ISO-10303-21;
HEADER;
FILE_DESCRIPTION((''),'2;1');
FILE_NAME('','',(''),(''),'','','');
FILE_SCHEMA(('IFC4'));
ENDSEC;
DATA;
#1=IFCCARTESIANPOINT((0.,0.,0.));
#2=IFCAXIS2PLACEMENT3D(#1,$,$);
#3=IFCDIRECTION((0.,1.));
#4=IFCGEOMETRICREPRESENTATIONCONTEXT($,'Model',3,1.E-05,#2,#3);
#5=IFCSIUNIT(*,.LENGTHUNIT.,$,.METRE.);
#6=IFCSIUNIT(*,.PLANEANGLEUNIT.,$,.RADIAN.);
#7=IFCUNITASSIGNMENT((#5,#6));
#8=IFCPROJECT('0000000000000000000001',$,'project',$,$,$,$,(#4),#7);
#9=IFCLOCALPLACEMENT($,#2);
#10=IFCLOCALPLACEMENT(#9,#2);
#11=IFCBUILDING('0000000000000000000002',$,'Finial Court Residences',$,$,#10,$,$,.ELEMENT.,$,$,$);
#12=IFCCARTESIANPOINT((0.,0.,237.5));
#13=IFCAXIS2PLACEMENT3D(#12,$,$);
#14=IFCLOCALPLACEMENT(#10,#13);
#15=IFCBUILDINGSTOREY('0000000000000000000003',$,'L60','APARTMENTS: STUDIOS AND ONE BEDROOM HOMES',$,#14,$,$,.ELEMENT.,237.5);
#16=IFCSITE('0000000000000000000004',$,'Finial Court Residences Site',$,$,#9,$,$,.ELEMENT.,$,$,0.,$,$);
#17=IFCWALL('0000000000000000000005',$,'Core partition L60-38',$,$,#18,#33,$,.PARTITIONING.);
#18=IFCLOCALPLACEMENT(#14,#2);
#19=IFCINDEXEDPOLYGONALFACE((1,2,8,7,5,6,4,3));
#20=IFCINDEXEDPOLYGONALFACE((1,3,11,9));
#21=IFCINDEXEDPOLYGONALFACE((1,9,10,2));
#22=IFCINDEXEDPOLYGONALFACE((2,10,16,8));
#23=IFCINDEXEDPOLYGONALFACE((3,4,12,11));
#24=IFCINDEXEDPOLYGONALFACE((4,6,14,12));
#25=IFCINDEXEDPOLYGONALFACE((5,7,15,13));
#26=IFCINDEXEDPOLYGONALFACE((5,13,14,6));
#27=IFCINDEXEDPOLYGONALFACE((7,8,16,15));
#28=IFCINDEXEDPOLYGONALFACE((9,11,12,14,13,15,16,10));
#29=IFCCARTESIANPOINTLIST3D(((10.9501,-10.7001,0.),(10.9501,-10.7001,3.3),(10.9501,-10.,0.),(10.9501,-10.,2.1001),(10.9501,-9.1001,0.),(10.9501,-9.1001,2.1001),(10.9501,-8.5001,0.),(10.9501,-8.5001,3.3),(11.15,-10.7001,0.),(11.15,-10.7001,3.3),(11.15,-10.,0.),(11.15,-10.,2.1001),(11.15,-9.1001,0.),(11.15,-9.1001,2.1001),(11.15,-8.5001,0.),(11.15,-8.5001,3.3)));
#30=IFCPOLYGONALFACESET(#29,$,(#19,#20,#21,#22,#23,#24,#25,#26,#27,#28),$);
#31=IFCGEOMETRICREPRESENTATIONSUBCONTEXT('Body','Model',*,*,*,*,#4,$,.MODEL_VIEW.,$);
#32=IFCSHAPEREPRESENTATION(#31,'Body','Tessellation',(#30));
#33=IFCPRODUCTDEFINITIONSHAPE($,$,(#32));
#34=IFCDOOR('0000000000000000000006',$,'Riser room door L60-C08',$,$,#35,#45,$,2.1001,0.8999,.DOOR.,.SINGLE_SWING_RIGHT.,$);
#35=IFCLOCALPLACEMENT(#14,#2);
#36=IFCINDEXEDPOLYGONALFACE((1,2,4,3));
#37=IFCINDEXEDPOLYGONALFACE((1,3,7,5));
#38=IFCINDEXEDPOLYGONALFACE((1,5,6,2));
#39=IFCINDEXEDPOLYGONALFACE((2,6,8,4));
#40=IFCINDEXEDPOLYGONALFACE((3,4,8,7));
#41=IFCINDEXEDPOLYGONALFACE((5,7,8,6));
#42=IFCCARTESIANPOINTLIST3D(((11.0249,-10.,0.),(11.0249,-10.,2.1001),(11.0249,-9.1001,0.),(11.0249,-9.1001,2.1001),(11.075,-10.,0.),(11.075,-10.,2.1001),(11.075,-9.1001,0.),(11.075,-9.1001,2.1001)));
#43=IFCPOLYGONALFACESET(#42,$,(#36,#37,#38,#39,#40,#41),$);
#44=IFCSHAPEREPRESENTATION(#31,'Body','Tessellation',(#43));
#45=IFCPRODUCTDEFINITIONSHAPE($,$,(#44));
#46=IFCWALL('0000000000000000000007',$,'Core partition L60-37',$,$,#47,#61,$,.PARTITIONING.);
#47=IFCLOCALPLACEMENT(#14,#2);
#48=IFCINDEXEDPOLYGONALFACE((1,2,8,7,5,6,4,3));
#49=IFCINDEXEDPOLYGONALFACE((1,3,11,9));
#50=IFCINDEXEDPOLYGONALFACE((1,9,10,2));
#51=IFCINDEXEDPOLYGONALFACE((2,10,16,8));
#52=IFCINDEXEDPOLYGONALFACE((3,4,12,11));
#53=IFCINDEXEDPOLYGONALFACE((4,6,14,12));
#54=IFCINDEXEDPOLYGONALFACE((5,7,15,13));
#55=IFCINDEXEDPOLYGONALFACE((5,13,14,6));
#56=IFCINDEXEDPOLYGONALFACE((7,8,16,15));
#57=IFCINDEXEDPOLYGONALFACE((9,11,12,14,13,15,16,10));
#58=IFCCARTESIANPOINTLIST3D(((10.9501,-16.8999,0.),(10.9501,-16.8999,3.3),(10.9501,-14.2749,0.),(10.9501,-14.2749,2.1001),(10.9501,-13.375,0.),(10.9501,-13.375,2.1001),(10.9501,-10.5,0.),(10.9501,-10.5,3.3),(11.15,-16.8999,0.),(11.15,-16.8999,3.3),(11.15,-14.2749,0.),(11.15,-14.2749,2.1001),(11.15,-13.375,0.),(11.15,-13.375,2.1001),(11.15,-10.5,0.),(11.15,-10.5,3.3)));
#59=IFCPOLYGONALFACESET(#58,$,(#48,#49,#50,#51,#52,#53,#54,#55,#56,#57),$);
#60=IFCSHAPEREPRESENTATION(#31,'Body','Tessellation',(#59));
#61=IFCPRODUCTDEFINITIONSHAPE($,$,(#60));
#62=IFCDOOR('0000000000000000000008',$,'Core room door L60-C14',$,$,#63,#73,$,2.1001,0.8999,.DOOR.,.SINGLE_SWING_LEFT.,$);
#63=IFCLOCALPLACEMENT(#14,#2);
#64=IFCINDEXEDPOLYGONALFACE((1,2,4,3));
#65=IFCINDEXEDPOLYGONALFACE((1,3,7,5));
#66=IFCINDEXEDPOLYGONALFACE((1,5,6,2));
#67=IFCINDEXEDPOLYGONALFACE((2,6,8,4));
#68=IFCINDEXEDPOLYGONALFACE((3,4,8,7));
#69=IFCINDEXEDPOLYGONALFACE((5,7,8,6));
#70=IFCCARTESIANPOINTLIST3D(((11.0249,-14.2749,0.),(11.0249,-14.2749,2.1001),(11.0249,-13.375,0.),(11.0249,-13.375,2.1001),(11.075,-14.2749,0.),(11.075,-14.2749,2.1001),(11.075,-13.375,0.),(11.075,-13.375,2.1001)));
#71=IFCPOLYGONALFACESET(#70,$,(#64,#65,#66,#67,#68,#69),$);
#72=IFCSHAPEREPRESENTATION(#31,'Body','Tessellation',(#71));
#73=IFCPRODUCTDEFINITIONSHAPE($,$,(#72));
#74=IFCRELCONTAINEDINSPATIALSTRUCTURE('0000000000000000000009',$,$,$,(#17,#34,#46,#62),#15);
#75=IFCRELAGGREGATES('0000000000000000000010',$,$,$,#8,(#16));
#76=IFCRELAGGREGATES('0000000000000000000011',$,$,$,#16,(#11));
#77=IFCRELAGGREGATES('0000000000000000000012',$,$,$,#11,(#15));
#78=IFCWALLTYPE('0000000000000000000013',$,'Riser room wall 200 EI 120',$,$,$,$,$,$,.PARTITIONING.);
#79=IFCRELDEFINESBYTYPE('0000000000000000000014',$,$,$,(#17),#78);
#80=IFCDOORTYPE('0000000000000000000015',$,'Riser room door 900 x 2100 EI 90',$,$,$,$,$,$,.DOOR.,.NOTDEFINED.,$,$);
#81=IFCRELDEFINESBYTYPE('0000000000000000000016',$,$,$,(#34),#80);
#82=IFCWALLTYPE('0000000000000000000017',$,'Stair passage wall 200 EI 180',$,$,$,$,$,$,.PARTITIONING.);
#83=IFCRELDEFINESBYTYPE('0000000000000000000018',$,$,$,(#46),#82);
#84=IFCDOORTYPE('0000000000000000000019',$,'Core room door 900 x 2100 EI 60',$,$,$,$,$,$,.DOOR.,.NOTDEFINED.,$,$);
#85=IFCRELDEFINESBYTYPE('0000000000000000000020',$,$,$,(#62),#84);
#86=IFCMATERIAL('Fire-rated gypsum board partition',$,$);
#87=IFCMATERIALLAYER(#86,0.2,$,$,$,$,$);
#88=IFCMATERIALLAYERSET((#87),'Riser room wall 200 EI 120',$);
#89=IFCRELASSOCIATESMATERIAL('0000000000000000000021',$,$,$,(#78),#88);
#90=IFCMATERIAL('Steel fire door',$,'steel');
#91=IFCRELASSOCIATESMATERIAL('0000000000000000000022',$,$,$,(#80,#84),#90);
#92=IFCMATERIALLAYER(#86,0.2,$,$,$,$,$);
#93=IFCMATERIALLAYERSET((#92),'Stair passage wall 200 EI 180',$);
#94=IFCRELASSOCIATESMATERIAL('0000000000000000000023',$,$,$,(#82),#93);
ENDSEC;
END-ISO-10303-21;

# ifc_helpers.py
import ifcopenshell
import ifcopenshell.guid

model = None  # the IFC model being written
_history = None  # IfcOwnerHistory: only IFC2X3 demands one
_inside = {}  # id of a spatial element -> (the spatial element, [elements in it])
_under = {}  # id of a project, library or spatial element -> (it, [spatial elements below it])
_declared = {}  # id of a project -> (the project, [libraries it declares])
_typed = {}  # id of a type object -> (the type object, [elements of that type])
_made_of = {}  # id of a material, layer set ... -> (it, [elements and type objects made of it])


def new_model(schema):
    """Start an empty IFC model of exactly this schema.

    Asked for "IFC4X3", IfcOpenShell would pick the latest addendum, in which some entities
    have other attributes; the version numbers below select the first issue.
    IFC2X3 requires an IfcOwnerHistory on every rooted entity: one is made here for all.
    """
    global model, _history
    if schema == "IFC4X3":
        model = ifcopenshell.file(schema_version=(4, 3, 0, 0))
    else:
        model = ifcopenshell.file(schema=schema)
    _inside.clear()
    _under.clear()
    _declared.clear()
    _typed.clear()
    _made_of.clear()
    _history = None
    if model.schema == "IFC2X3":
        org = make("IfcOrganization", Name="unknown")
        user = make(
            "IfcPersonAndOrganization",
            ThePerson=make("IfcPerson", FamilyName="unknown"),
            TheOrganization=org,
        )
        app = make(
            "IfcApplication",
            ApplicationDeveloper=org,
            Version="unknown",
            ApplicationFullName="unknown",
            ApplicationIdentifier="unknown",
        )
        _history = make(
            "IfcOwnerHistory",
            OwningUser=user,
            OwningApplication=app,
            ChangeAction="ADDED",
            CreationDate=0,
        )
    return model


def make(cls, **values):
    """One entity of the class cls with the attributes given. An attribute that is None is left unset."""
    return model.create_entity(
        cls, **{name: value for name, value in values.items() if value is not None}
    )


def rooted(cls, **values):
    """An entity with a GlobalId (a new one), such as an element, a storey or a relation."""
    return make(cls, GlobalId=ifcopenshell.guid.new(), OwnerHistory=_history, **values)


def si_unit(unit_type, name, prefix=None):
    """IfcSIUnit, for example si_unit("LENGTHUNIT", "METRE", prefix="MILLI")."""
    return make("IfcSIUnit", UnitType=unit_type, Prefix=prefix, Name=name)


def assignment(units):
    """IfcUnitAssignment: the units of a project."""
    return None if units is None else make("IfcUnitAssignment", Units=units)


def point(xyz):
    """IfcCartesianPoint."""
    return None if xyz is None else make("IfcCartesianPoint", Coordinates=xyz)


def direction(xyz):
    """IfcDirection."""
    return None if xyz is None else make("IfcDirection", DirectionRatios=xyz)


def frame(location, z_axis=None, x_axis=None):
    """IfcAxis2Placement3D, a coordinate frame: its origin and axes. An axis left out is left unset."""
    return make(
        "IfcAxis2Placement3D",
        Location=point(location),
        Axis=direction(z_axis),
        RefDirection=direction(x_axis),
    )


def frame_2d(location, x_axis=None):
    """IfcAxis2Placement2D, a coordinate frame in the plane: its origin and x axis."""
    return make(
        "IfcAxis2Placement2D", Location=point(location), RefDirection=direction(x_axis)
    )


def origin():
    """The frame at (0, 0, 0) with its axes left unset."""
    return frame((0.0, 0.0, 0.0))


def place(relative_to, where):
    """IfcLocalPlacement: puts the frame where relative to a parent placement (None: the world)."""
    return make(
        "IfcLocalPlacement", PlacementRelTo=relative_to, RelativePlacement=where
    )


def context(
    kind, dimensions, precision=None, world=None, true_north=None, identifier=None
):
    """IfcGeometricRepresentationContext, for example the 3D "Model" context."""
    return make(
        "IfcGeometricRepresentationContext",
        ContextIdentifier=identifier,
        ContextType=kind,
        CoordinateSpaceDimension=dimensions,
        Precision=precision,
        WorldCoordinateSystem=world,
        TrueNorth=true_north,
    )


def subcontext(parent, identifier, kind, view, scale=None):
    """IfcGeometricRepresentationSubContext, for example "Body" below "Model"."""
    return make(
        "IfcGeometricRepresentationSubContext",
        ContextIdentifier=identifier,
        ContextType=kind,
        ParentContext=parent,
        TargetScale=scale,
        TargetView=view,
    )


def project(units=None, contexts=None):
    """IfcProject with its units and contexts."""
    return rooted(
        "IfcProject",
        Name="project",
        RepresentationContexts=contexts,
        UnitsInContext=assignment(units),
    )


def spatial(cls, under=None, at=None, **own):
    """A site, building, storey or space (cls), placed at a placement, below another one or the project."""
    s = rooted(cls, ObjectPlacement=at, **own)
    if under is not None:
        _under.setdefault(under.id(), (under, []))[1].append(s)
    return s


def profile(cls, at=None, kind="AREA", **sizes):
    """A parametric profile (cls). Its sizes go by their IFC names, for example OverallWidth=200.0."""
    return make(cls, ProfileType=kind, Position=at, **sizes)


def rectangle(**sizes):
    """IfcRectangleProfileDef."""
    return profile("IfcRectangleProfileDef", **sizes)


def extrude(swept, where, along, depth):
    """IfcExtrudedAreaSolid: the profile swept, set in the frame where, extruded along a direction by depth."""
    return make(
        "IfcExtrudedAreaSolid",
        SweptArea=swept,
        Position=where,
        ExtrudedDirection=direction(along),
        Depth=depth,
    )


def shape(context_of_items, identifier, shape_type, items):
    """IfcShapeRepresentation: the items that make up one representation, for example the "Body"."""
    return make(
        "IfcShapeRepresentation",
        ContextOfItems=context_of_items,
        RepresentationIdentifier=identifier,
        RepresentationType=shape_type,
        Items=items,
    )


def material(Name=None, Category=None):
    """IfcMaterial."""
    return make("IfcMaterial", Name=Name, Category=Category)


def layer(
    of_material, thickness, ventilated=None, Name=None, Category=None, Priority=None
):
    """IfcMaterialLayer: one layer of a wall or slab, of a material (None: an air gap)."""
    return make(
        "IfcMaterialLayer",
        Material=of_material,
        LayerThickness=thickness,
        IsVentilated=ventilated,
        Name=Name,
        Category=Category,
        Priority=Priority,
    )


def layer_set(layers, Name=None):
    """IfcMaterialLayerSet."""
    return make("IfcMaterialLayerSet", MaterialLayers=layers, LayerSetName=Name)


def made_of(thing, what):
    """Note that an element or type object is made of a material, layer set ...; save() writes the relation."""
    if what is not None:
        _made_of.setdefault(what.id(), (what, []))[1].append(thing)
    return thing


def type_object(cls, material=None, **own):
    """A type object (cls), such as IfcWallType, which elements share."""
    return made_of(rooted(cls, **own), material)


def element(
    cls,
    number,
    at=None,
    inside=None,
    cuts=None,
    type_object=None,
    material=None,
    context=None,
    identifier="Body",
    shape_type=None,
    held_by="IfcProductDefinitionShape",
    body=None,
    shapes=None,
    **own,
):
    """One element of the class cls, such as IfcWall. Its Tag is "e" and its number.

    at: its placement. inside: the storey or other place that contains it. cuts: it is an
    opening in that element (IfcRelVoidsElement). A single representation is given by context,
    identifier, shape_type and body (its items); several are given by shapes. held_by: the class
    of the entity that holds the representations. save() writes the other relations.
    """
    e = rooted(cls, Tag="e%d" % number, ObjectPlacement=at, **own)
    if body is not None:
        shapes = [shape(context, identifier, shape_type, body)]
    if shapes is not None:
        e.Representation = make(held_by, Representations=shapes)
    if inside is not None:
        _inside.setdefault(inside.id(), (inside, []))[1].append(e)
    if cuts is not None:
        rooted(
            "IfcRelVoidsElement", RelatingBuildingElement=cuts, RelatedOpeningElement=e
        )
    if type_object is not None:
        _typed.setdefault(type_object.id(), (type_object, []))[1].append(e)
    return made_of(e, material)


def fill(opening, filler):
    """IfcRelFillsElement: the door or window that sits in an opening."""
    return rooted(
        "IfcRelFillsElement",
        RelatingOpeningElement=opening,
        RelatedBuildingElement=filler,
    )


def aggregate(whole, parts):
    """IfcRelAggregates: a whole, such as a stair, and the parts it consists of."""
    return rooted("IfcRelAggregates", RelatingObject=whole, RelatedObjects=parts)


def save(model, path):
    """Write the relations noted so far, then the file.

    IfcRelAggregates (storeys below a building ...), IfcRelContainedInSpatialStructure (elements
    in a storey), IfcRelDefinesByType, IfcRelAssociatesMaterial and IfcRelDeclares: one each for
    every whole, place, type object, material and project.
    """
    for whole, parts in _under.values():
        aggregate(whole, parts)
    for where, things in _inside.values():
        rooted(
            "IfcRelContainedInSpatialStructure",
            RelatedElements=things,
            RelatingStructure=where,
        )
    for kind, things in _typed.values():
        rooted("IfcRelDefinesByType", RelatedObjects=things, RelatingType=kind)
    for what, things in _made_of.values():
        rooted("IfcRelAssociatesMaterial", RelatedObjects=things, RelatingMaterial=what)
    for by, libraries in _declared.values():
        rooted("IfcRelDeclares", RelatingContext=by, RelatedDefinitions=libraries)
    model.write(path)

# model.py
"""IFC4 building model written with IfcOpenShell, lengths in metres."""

from ifc_helpers import new_model, si_unit, direction, frame, frame_2d, origin, place, context, subcontext, project, spatial, rectangle, extrude, material, layer, layer_set, type_object, element, fill, save


model = new_model("IFC4")

# Units and contexts
model_context = context("Model", 3, precision=1e-05, world=origin(), true_north=direction((0.0, 1.0)))
body_context = subcontext(model_context, "Body", "Model", "MODEL_VIEW")
ifc_project = project(units=[si_unit("LENGTHUNIT", "METRE"), si_unit("PLANEANGLEUNIT", "RADIAN")], contexts=[model_context])

# Site, building, storey
site_placement = place(None, origin())
site = spatial("IfcSite", under=ifc_project, at=site_placement, Name="Finial Court Residences Site", CompositionType="ELEMENT", RefElevation=0.0)
building_placement = place(site_placement, origin())
building = spatial("IfcBuilding", under=site, at=building_placement, Name="Finial Court Residences", CompositionType="ELEMENT")
storey_placement = place(building_placement, frame((0.0, 0.0, 237.5)))
storey = spatial("IfcBuildingStorey", under=building, at=storey_placement, Name="L60", Description="APARTMENTS: STUDIOS AND ONE BEDROOM HOMES", CompositionType="ELEMENT", Elevation=237.5)

# Shared definitions
ifc_material_1 = material(Name="Fire-rated gypsum board partition")

# Shared definitions
ifc_material_2 = material(Name="Steel fire door", Category="steel")

# Shared definitions
ifc_layer_1 = layer(ifc_material_1, 0.2)
ifc_layer_set_1 = layer_set([ifc_layer_1], Name="Riser room wall 200 EI 120")
wall_type_1 = type_object("IfcWallType", Name="Riser room wall 200 EI 120", PredefinedType="PARTITIONING", material=ifc_layer_set_1)

# Walls, openings, doors
wall_1_placement = place(storey_placement, frame((11.05, -8.5, 0.0), z_axis=(0.0, 0.0, 1.0), x_axis=(0.0, -1.0, 0.0)))
wall_1 = element("IfcWall", 1, at=wall_1_placement, inside=storey, type_object=wall_type_1, Name="Core partition L60-38", PredefinedType="PARTITIONING", context=body_context, shape_type="SweptSolid", body=[
    extrude(rectangle(XDim=2.2, YDim=0.2, at=frame_2d((1.1001, 0.0))), origin(), (0.0, 0.0, 1.0), 3.3),
])
opening_1_placement = place(wall_1_placement, frame((0.6001, 0.0, 0.0)))
opening_1 = element("IfcOpeningElement", 2, at=opening_1_placement, cuts=wall_1, PredefinedType="OPENING", context=body_context, shape_type="SweptSolid", body=[
    extrude(rectangle(XDim=0.8999, YDim=2.1001, at=frame_2d((0.45, 1.05))), frame((0.0, 0.1099, 0.0), z_axis=(0.0, -1.0, 0.0), x_axis=(1.0, 0.0, 0.0)), (0.0, 0.0, 1.0), 0.22),
])
door_type_1 = type_object("IfcDoorType", Name="Riser room door 900 x 2100 EI 90", OperationType="NOTDEFINED", PredefinedType="DOOR", material=ifc_material_2)
door_1_placement = place(opening_1_placement, origin())
door_1 = element("IfcDoor", 3, at=door_1_placement, inside=storey, type_object=door_type_1, Name="Riser room door L60-C08", OperationType="SINGLE_SWING_RIGHT", OverallHeight=2.1001, OverallWidth=0.8999, PredefinedType="DOOR", context=body_context, shape_type="SweptSolid", body=[
    extrude(rectangle(XDim=0.8999, YDim=2.1001, at=frame_2d((0.45, 1.05))), frame((0.0, 0.0249, 0.0), z_axis=(0.0, -1.0, 0.0), x_axis=(1.0, 0.0, 0.0)), (0.0, 0.0, 1.0), 0.05),
])
fill(opening_1, door_1)
ifc_layer_2 = layer(ifc_material_1, 0.2)
ifc_layer_set_2 = layer_set([ifc_layer_2], Name="Stair passage wall 200 EI 180")
wall_type_2 = type_object("IfcWallType", Name="Stair passage wall 200 EI 180", PredefinedType="PARTITIONING", material=ifc_layer_set_2)
wall_2_placement = place(storey_placement, frame((11.05, -10.5, 0.0), z_axis=(0.0, 0.0, 1.0), x_axis=(0.0, -1.0, 0.0)))
wall_2 = element("IfcWall", 4, at=wall_2_placement, inside=storey, type_object=wall_type_2, Name="Core partition L60-37", PredefinedType="PARTITIONING", context=body_context, shape_type="SweptSolid", body=[
    extrude(rectangle(XDim=6.3999, YDim=0.2, at=frame_2d((3.2, 0.0))), origin(), (0.0, 0.0, 1.0), 3.3),
])
opening_2_placement = place(wall_2_placement, frame((2.875, 0.0, 0.0)))
opening_2 = element("IfcOpeningElement", 5, at=opening_2_placement, cuts=wall_2, PredefinedType="OPENING", context=body_context, shape_type="SweptSolid", body=[
    extrude(rectangle(XDim=0.8999, YDim=2.1001, at=frame_2d((0.45, 1.05))), frame((0.0, 0.1099, 0.0), z_axis=(0.0, -1.0, 0.0), x_axis=(1.0, 0.0, 0.0)), (0.0, 0.0, 1.0), 0.22),
])
door_type_2 = type_object("IfcDoorType", Name="Core room door 900 x 2100 EI 60", OperationType="NOTDEFINED", PredefinedType="DOOR", material=ifc_material_2)
door_2_placement = place(opening_2_placement, origin())
door_2 = element("IfcDoor", 6, at=door_2_placement, inside=storey, type_object=door_type_2, Name="Core room door L60-C14", OperationType="SINGLE_SWING_LEFT", OverallHeight=2.1001, OverallWidth=0.8999, PredefinedType="DOOR", context=body_context, shape_type="SweptSolid", body=[
    extrude(rectangle(XDim=0.8999, YDim=2.1001, at=frame_2d((0.45, 1.05))), frame((0.0, 0.0249, 0.0), z_axis=(0.0, -1.0, 0.0), x_axis=(1.0, 0.0, 0.0)), (0.0, 0.0, 1.0), 0.05),
])
fill(opening_2, door_2)

save(model, "model.ifc")
